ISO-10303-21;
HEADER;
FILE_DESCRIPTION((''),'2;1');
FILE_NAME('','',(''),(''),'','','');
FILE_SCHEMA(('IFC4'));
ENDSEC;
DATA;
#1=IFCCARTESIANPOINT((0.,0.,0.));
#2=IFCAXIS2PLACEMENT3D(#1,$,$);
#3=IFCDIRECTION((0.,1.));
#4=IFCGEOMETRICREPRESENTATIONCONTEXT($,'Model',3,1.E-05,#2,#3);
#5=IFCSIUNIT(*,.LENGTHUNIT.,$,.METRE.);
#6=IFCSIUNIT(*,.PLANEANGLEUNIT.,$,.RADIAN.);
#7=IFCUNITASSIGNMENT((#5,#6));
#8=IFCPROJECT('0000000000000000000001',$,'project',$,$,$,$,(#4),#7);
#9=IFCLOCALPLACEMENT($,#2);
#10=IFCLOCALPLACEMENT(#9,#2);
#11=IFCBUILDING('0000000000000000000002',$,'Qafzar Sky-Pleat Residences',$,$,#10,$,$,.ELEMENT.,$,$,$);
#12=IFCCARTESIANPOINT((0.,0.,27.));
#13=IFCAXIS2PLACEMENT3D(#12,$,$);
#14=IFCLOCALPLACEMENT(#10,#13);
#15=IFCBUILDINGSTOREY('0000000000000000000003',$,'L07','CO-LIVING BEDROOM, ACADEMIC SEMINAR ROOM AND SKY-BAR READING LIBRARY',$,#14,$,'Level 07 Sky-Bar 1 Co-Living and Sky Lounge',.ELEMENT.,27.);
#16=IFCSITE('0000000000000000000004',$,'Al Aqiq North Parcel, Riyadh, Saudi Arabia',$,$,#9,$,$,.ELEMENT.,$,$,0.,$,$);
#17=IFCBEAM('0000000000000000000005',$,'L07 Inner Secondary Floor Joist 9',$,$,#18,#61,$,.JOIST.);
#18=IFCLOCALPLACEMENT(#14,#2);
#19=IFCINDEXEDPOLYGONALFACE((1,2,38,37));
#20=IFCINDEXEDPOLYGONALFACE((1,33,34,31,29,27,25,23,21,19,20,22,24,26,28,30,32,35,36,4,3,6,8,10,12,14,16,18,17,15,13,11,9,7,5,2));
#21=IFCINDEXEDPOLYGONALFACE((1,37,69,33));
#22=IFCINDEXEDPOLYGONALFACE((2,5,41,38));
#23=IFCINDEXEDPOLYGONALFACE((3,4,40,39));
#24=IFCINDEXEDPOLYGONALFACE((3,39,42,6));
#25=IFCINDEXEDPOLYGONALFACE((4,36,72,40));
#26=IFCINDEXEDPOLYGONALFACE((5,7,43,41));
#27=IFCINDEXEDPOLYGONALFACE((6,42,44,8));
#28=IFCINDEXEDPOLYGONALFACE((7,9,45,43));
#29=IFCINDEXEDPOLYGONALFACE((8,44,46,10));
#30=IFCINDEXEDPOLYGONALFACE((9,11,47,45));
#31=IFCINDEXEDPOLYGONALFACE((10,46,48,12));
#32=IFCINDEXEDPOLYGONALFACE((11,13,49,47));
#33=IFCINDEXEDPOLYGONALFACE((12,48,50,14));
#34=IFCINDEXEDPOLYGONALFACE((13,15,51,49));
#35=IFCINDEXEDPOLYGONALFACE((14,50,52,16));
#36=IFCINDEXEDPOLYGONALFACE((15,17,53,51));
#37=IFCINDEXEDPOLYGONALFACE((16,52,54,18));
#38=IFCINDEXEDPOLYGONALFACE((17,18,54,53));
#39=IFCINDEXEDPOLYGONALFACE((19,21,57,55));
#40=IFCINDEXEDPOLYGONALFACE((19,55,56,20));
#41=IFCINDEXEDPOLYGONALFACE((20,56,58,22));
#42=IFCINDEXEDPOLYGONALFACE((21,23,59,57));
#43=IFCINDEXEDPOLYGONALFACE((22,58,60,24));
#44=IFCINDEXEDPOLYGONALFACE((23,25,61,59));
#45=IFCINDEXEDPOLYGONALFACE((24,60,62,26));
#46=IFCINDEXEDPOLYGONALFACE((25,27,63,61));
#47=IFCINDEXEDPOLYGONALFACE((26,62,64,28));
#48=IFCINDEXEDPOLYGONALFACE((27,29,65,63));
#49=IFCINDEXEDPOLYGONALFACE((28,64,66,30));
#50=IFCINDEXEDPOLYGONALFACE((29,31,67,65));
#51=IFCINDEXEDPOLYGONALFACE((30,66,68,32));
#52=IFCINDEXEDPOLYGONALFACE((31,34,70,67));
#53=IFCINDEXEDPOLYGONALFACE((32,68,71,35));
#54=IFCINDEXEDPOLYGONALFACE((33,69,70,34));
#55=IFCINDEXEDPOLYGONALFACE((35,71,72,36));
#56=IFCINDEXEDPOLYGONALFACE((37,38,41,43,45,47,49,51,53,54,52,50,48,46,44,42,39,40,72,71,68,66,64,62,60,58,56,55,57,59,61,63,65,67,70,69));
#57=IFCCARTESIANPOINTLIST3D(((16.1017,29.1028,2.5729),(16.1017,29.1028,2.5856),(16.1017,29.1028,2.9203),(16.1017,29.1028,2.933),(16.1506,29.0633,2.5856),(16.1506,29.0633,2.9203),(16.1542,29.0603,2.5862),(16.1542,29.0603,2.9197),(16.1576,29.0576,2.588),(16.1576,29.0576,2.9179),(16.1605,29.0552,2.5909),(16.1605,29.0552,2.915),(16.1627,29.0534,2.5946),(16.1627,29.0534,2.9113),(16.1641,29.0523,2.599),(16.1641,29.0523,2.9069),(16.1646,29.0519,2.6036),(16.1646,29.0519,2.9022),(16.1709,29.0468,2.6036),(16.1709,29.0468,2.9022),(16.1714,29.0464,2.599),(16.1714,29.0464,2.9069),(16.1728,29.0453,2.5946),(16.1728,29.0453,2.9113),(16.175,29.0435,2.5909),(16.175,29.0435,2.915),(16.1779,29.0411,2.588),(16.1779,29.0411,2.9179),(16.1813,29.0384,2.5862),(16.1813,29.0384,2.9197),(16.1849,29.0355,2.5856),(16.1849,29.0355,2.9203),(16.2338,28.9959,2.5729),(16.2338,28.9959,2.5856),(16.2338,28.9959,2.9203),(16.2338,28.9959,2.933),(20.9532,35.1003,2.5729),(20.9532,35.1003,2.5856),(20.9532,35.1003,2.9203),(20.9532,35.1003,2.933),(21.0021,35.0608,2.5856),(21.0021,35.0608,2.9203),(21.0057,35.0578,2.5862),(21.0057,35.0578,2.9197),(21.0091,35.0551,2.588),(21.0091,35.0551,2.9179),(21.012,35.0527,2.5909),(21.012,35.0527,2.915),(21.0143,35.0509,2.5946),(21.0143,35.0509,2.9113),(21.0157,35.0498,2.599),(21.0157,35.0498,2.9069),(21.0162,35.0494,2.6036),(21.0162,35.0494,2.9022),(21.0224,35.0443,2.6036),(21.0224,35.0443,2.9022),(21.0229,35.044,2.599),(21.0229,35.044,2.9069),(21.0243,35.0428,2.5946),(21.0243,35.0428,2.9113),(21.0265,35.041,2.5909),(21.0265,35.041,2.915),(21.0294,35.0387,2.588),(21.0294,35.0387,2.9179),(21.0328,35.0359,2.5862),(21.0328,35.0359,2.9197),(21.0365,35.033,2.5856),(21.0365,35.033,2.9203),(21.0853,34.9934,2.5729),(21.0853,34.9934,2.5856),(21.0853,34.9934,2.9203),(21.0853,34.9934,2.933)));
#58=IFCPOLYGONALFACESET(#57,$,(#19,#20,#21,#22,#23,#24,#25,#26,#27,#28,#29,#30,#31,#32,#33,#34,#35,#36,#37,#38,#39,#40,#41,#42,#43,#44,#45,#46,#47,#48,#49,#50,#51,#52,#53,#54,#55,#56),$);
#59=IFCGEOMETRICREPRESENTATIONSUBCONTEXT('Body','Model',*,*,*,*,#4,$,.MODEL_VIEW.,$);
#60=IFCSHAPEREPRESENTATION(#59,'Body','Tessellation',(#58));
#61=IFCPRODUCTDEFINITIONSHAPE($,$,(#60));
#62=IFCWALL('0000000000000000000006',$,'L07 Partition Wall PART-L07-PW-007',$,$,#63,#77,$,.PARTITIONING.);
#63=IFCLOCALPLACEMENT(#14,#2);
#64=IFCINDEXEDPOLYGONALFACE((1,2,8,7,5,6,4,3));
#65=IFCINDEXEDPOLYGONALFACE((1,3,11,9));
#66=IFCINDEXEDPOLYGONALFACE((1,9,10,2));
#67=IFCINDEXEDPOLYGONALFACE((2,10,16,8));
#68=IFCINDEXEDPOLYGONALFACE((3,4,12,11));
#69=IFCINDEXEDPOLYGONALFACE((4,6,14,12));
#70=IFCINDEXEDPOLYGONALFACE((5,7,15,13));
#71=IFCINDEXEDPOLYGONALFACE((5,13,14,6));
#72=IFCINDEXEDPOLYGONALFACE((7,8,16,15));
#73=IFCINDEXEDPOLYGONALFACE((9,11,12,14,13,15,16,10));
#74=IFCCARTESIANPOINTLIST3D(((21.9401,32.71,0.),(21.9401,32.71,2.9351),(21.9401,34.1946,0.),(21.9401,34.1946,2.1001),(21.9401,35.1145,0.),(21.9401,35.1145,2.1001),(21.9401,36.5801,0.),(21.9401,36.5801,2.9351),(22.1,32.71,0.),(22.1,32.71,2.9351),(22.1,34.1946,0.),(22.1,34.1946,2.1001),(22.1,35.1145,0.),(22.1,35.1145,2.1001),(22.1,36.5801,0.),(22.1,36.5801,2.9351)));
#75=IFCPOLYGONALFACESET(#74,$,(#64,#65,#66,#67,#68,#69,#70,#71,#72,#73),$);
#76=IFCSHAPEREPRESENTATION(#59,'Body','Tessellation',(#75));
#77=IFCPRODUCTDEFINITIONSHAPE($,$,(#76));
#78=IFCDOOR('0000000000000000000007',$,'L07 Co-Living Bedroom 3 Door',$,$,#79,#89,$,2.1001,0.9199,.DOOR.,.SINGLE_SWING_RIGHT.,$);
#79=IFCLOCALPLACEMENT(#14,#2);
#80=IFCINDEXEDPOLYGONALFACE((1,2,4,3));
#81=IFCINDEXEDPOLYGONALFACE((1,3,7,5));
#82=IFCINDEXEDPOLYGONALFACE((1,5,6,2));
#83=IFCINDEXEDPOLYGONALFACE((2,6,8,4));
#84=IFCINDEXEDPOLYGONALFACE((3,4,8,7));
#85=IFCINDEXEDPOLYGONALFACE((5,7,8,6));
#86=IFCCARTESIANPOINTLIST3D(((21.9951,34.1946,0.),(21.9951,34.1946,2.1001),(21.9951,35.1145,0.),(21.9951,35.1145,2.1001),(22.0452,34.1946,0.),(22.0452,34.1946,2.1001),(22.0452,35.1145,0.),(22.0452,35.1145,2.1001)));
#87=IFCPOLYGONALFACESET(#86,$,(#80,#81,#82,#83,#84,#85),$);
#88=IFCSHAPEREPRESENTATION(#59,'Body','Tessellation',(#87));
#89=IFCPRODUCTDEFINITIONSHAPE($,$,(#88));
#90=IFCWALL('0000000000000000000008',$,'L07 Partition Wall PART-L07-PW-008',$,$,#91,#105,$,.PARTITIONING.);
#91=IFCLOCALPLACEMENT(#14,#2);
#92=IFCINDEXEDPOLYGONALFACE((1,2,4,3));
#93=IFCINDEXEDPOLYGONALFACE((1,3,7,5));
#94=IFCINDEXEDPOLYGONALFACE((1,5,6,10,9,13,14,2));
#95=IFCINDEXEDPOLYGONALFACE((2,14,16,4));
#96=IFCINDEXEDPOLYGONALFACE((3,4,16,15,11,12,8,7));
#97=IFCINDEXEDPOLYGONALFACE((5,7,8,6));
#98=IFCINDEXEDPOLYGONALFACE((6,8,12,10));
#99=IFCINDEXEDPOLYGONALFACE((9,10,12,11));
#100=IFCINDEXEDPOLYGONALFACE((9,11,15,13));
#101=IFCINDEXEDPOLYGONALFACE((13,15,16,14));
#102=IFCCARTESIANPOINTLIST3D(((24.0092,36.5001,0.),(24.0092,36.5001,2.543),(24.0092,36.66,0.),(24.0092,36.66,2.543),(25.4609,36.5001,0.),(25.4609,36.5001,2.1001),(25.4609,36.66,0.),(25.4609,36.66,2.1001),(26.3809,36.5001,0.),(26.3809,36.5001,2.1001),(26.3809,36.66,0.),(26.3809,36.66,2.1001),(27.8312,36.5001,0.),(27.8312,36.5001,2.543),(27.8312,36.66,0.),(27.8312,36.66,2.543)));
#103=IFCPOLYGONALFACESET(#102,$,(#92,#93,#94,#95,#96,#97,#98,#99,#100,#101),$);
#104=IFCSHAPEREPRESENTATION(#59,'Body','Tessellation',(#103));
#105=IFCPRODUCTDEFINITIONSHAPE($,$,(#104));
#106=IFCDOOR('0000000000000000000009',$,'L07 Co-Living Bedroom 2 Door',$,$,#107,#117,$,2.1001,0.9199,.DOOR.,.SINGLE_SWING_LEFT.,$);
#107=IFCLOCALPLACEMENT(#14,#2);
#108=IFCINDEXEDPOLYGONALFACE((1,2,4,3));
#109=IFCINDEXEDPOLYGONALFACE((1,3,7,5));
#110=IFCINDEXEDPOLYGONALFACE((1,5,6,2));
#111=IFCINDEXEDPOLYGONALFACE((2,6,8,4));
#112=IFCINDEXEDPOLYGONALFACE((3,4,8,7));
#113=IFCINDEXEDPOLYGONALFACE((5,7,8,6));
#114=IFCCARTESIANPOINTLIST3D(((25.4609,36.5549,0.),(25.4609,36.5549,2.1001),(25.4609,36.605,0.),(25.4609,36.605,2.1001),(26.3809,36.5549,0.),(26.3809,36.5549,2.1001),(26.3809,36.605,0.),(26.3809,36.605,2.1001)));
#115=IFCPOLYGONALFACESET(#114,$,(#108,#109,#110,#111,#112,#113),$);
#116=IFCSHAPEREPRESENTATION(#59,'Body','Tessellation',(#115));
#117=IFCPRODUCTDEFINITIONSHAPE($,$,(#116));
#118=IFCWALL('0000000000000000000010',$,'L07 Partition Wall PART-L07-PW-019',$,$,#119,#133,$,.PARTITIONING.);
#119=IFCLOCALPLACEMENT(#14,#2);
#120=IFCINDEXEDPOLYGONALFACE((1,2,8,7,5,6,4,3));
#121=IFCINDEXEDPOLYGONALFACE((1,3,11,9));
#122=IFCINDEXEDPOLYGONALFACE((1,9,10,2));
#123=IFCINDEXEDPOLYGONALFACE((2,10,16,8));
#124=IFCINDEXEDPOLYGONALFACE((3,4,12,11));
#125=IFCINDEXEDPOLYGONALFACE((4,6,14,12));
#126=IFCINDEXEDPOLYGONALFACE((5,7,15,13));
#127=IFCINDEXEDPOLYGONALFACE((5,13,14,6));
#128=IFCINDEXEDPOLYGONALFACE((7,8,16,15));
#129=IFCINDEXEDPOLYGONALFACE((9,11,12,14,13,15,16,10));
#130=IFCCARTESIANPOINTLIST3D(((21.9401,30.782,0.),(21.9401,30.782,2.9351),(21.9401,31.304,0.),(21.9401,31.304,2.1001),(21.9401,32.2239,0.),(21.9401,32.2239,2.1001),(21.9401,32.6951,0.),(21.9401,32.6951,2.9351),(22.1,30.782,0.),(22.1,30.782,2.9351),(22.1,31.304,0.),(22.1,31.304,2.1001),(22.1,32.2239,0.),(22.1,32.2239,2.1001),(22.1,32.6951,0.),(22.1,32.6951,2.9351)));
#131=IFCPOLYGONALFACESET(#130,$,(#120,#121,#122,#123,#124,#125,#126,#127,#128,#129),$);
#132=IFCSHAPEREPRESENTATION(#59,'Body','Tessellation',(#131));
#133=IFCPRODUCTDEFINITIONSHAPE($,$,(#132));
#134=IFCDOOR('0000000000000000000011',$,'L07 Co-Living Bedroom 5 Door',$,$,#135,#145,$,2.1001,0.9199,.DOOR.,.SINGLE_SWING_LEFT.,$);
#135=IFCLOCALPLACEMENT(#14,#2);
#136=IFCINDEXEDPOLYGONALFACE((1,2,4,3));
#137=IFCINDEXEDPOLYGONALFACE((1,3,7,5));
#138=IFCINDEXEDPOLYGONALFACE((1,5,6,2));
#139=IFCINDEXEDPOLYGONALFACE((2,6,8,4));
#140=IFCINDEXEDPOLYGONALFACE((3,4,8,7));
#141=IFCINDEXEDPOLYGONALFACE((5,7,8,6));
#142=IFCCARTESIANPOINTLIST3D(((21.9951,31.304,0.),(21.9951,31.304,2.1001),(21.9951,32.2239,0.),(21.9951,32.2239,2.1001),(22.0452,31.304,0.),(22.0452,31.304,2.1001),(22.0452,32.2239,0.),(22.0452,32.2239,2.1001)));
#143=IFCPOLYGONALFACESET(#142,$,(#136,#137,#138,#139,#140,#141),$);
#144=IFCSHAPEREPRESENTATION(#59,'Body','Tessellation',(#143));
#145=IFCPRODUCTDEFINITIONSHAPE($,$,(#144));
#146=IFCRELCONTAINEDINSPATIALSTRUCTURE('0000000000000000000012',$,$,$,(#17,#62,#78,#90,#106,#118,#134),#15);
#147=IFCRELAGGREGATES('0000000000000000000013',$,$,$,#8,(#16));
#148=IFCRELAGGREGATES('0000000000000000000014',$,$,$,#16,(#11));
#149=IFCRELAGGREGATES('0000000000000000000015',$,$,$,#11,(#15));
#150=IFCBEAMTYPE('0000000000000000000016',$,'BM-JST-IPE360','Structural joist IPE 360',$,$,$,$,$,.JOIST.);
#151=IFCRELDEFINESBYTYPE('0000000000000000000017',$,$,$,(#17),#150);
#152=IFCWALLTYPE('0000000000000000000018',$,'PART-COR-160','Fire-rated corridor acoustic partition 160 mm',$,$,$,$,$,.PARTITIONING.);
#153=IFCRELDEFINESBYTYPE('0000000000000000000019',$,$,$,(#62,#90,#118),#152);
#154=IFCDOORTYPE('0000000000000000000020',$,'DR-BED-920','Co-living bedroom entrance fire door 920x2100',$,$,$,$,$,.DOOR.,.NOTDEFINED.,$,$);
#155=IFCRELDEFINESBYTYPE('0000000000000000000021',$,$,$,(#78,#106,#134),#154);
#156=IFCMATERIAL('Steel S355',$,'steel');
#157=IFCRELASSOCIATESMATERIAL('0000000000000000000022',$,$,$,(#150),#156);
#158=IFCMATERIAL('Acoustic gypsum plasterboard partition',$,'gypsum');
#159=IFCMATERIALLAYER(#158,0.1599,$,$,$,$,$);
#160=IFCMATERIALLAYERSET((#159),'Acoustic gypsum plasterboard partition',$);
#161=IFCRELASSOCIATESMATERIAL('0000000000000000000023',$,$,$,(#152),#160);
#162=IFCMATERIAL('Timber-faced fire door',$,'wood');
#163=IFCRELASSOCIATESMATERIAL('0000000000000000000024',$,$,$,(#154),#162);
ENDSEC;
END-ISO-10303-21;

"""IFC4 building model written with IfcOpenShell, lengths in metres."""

from ifc_helpers import new_model, si_unit, direction, frame, frame_2d, origin, origin_2d, place, context, subcontext, project, spatial, rectangle, i_section, extrude, source, transform, mapped, material, layer, layer_set, material_profile, profile_set, type_object, element, fill, save


model = new_model("IFC4")

# Units and contexts
model_context = context("Model", 3, precision=1e-05, world=origin(), true_north=direction((0.0, 1.0)))
body_context = subcontext(model_context, "Body", "Model", "MODEL_VIEW")
ifc_project = project(units=[si_unit("LENGTHUNIT", "METRE"), si_unit("PLANEANGLEUNIT", "RADIAN")], contexts=[model_context])

# Site, building, storey
site_placement = place(None, origin())
site = spatial("IfcSite", under=ifc_project, at=site_placement, Name="Al Aqiq North Parcel, Riyadh, Saudi Arabia", CompositionType="ELEMENT", RefElevation=0.0)
building_placement = place(site_placement, origin())
building = spatial("IfcBuilding", under=site, at=building_placement, Name="Qafzar Sky-Pleat Residences", CompositionType="ELEMENT")
storey_placement = place(building_placement, frame((0.0, 0.0, 27.0)))
storey = spatial("IfcBuildingStorey", under=building, at=storey_placement, Name="L07", Description="CO-LIVING BEDROOM, ACADEMIC SEMINAR ROOM AND SKY-BAR READING LIBRARY", LongName="Level 07 Sky-Bar 1 Co-Living and Sky Lounge", CompositionType="ELEMENT", Elevation=27.0)

# Beam
ifc_material_1 = material(Name="Steel S355", Category="steel")
ifc_material_profile = material_profile(ifc_material_1, i_section(OverallWidth=0.1699, OverallDepth=0.3601, WebThickness=0.0081, FlangeThickness=0.0127, FilletRadius=0.0181, at=origin_2d()), Name="IPE 360")
ifc_profile_set = profile_set([ifc_material_profile], Name="Steel S355")
beam_type = type_object("IfcBeamType", Name="BM-JST-IPE360", Description="Structural joist IPE 360", PredefinedType="JOIST", material=ifc_profile_set)
shared_shape_1 = source(origin(), body_context, "Body", "SweptSolid", [
    extrude(i_section(OverallWidth=0.1699, OverallDepth=0.3601, WebThickness=0.0081, FlangeThickness=0.0127, FilletRadius=0.0181, at=origin_2d()), origin(), (0.0, 0.0, 1.0), 7.7141),
])
beam_placement = place(storey_placement, frame((21.0193, 35.0469, 2.7529), z_axis=(-0.628916, -0.777473, 0.0), x_axis=(0.777473, -0.628916, 0.0)))
element("IfcBeam", 1, at=beam_placement, inside=storey, type_object=beam_type, Name="L07 Inner Secondary Floor Joist 9", PredefinedType="JOIST", context=body_context, shape_type="MappedRepresentation", body=[
    mapped(shared_shape_1, transform((0.0, 0.0, 0.0), x_axis=(1.0, 0.0, 0.0), y_axis=(0.0, 1.0, 0.0), z_axis=(0.0, 0.0, 1.0), scale=1.0)),
])

# Walls, openings, doors
ifc_material_2 = material(Name="Acoustic gypsum plasterboard partition", Category="gypsum")
ifc_layer_1 = layer(ifc_material_2, 0.1599)
ifc_layer_set_1 = layer_set([ifc_layer_1], Name="Acoustic gypsum plasterboard partition")
wall_type_1 = type_object("IfcWallType", Name="PART-COR-160", Description="Fire-rated corridor acoustic partition 160 mm", PredefinedType="PARTITIONING", material=ifc_layer_set_1)
wall_1_placement = place(storey_placement, frame((22.02, 32.71, 0.0), z_axis=(0.0, 0.0, 1.0), x_axis=(0.0, 1.0, 0.0)))
wall_1 = element("IfcWall", 2, at=wall_1_placement, inside=storey, type_object=wall_type_1, Name="L07 Partition Wall PART-L07-PW-007", PredefinedType="PARTITIONING", context=body_context, shape_type="SweptSolid", body=[
    extrude(rectangle(XDim=3.8701, YDim=0.1599, at=frame_2d((1.9351, 0.0))), origin(), (0.0, 0.0, 1.0), 2.9351),
])
opening_1_placement = place(wall_1_placement, frame((1.4846, 0.0, 0.0)))
opening_1 = element("IfcOpeningElement", 3, at=opening_1_placement, cuts=wall_1, PredefinedType="OPENING", context=body_context, shape_type="SweptSolid", body=[
    extrude(rectangle(XDim=0.9199, YDim=2.1001, at=frame_2d((0.46, 1.05))), frame((0.0, 0.0898, 0.0), z_axis=(0.0, -1.0, 0.0), x_axis=(1.0, 0.0, 0.0)), (0.0, 0.0, 1.0), 0.1799),
])
ifc_material_3 = material(Name="Timber-faced fire door", Category="wood")
door_type_1 = type_object("IfcDoorType", Name="DR-BED-920", Description="Co-living bedroom entrance fire door 920x2100", OperationType="NOTDEFINED", PredefinedType="DOOR", material=ifc_material_3)
shared_shape_2 = source(origin(), body_context, "Body", "SweptSolid", [
    extrude(rectangle(XDim=0.9199, YDim=2.1001, at=frame_2d((0.46, 1.05))), frame((0.0, 0.0249, 0.0), z_axis=(0.0, -1.0, 0.0), x_axis=(1.0, 0.0, 0.0)), (0.0, 0.0, 1.0), 0.05),
])
door_1_placement = place(opening_1_placement, origin())
door_1 = element("IfcDoor", 4, at=door_1_placement, inside=storey, type_object=door_type_1, Name="L07 Co-Living Bedroom 3 Door", OperationType="SINGLE_SWING_RIGHT", OverallHeight=2.1001, OverallWidth=0.9199, PredefinedType="DOOR", context=body_context, shape_type="MappedRepresentation", body=[
    mapped(shared_shape_2, transform((0.0, 0.0, 0.0), x_axis=(1.0, 0.0, 0.0), y_axis=(0.0, 1.0, 0.0), z_axis=(0.0, 0.0, 1.0), scale=1.0)),
])
fill(opening_1, door_1)
wall_2_placement = place(storey_placement, frame((24.009, 36.5801, 0.0), z_axis=(0.0, 0.0, 1.0), x_axis=(1.0, 0.0, 0.0)))
wall_2 = element("IfcWall", 5, at=wall_2_placement, inside=storey, type_object=wall_type_1, Name="L07 Partition Wall PART-L07-PW-008", PredefinedType="PARTITIONING", context=body_context, shape_type="SweptSolid", body=[
    extrude(rectangle(XDim=3.822, YDim=0.1599, at=frame_2d((1.9111, 0.0))), origin(), (0.0, 0.0, 1.0), 2.543),
])
opening_2_placement = place(wall_2_placement, frame((1.4519, 0.0, 0.0)))
opening_2 = element("IfcOpeningElement", 6, at=opening_2_placement, cuts=wall_2, PredefinedType="OPENING", context=body_context, shape_type="SweptSolid", body=[
    extrude(rectangle(XDim=0.9199, YDim=2.1001, at=frame_2d((0.46, 1.05))), frame((0.0, 0.0898, 0.0), z_axis=(0.0, -1.0, 0.0), x_axis=(1.0, 0.0, 0.0)), (0.0, 0.0, 1.0), 0.1799),
])
door_2_placement = place(opening_2_placement, origin())
door_2 = element("IfcDoor", 7, at=door_2_placement, inside=storey, type_object=door_type_1, Name="L07 Co-Living Bedroom 2 Door", OperationType="SINGLE_SWING_LEFT", OverallHeight=2.1001, OverallWidth=0.9199, PredefinedType="DOOR", context=body_context, shape_type="MappedRepresentation", body=[
    mapped(shared_shape_2, transform((0.0, 0.0, 0.0), x_axis=(1.0, 0.0, 0.0), y_axis=(0.0, 1.0, 0.0), z_axis=(0.0, 0.0, 1.0), scale=1.0)),
])
fill(opening_2, door_2)
wall_3_placement = place(storey_placement, frame((22.02, 30.782, 0.0), z_axis=(0.0, 0.0, 1.0), x_axis=(0.0, 1.0, 0.0)))
wall_3 = element("IfcWall", 8, at=wall_3_placement, inside=storey, type_object=wall_type_1, Name="L07 Partition Wall PART-L07-PW-019", PredefinedType="PARTITIONING", context=body_context, shape_type="SweptSolid", body=[
    extrude(rectangle(XDim=1.9131, YDim=0.1599, at=frame_2d((0.9565, 0.0))), origin(), (0.0, 0.0, 1.0), 2.9351),
])
opening_3_placement = place(wall_3_placement, frame((0.522, 0.0, 0.0)))
opening_3 = element("IfcOpeningElement", 9, at=opening_3_placement, cuts=wall_3, PredefinedType="OPENING", context=body_context, shape_type="SweptSolid", body=[
    extrude(rectangle(XDim=0.9199, YDim=2.1001, at=frame_2d((0.46, 1.05))), frame((0.0, 0.0898, 0.0), z_axis=(0.0, -1.0, 0.0), x_axis=(1.0, 0.0, 0.0)), (0.0, 0.0, 1.0), 0.1799),
])
door_3_placement = place(opening_3_placement, origin())
door_3 = element("IfcDoor", 10, at=door_3_placement, inside=storey, type_object=door_type_1, Name="L07 Co-Living Bedroom 5 Door", OperationType="SINGLE_SWING_LEFT", OverallHeight=2.1001, OverallWidth=0.9199, PredefinedType="DOOR", context=body_context, shape_type="MappedRepresentation", body=[
    mapped(shared_shape_2, transform((0.0, 0.0, 0.0), x_axis=(1.0, 0.0, 0.0), y_axis=(0.0, 1.0, 0.0), z_axis=(0.0, 0.0, 1.0), scale=1.0)),
])
fill(opening_3, door_3)

save(model, "model.ifc")
